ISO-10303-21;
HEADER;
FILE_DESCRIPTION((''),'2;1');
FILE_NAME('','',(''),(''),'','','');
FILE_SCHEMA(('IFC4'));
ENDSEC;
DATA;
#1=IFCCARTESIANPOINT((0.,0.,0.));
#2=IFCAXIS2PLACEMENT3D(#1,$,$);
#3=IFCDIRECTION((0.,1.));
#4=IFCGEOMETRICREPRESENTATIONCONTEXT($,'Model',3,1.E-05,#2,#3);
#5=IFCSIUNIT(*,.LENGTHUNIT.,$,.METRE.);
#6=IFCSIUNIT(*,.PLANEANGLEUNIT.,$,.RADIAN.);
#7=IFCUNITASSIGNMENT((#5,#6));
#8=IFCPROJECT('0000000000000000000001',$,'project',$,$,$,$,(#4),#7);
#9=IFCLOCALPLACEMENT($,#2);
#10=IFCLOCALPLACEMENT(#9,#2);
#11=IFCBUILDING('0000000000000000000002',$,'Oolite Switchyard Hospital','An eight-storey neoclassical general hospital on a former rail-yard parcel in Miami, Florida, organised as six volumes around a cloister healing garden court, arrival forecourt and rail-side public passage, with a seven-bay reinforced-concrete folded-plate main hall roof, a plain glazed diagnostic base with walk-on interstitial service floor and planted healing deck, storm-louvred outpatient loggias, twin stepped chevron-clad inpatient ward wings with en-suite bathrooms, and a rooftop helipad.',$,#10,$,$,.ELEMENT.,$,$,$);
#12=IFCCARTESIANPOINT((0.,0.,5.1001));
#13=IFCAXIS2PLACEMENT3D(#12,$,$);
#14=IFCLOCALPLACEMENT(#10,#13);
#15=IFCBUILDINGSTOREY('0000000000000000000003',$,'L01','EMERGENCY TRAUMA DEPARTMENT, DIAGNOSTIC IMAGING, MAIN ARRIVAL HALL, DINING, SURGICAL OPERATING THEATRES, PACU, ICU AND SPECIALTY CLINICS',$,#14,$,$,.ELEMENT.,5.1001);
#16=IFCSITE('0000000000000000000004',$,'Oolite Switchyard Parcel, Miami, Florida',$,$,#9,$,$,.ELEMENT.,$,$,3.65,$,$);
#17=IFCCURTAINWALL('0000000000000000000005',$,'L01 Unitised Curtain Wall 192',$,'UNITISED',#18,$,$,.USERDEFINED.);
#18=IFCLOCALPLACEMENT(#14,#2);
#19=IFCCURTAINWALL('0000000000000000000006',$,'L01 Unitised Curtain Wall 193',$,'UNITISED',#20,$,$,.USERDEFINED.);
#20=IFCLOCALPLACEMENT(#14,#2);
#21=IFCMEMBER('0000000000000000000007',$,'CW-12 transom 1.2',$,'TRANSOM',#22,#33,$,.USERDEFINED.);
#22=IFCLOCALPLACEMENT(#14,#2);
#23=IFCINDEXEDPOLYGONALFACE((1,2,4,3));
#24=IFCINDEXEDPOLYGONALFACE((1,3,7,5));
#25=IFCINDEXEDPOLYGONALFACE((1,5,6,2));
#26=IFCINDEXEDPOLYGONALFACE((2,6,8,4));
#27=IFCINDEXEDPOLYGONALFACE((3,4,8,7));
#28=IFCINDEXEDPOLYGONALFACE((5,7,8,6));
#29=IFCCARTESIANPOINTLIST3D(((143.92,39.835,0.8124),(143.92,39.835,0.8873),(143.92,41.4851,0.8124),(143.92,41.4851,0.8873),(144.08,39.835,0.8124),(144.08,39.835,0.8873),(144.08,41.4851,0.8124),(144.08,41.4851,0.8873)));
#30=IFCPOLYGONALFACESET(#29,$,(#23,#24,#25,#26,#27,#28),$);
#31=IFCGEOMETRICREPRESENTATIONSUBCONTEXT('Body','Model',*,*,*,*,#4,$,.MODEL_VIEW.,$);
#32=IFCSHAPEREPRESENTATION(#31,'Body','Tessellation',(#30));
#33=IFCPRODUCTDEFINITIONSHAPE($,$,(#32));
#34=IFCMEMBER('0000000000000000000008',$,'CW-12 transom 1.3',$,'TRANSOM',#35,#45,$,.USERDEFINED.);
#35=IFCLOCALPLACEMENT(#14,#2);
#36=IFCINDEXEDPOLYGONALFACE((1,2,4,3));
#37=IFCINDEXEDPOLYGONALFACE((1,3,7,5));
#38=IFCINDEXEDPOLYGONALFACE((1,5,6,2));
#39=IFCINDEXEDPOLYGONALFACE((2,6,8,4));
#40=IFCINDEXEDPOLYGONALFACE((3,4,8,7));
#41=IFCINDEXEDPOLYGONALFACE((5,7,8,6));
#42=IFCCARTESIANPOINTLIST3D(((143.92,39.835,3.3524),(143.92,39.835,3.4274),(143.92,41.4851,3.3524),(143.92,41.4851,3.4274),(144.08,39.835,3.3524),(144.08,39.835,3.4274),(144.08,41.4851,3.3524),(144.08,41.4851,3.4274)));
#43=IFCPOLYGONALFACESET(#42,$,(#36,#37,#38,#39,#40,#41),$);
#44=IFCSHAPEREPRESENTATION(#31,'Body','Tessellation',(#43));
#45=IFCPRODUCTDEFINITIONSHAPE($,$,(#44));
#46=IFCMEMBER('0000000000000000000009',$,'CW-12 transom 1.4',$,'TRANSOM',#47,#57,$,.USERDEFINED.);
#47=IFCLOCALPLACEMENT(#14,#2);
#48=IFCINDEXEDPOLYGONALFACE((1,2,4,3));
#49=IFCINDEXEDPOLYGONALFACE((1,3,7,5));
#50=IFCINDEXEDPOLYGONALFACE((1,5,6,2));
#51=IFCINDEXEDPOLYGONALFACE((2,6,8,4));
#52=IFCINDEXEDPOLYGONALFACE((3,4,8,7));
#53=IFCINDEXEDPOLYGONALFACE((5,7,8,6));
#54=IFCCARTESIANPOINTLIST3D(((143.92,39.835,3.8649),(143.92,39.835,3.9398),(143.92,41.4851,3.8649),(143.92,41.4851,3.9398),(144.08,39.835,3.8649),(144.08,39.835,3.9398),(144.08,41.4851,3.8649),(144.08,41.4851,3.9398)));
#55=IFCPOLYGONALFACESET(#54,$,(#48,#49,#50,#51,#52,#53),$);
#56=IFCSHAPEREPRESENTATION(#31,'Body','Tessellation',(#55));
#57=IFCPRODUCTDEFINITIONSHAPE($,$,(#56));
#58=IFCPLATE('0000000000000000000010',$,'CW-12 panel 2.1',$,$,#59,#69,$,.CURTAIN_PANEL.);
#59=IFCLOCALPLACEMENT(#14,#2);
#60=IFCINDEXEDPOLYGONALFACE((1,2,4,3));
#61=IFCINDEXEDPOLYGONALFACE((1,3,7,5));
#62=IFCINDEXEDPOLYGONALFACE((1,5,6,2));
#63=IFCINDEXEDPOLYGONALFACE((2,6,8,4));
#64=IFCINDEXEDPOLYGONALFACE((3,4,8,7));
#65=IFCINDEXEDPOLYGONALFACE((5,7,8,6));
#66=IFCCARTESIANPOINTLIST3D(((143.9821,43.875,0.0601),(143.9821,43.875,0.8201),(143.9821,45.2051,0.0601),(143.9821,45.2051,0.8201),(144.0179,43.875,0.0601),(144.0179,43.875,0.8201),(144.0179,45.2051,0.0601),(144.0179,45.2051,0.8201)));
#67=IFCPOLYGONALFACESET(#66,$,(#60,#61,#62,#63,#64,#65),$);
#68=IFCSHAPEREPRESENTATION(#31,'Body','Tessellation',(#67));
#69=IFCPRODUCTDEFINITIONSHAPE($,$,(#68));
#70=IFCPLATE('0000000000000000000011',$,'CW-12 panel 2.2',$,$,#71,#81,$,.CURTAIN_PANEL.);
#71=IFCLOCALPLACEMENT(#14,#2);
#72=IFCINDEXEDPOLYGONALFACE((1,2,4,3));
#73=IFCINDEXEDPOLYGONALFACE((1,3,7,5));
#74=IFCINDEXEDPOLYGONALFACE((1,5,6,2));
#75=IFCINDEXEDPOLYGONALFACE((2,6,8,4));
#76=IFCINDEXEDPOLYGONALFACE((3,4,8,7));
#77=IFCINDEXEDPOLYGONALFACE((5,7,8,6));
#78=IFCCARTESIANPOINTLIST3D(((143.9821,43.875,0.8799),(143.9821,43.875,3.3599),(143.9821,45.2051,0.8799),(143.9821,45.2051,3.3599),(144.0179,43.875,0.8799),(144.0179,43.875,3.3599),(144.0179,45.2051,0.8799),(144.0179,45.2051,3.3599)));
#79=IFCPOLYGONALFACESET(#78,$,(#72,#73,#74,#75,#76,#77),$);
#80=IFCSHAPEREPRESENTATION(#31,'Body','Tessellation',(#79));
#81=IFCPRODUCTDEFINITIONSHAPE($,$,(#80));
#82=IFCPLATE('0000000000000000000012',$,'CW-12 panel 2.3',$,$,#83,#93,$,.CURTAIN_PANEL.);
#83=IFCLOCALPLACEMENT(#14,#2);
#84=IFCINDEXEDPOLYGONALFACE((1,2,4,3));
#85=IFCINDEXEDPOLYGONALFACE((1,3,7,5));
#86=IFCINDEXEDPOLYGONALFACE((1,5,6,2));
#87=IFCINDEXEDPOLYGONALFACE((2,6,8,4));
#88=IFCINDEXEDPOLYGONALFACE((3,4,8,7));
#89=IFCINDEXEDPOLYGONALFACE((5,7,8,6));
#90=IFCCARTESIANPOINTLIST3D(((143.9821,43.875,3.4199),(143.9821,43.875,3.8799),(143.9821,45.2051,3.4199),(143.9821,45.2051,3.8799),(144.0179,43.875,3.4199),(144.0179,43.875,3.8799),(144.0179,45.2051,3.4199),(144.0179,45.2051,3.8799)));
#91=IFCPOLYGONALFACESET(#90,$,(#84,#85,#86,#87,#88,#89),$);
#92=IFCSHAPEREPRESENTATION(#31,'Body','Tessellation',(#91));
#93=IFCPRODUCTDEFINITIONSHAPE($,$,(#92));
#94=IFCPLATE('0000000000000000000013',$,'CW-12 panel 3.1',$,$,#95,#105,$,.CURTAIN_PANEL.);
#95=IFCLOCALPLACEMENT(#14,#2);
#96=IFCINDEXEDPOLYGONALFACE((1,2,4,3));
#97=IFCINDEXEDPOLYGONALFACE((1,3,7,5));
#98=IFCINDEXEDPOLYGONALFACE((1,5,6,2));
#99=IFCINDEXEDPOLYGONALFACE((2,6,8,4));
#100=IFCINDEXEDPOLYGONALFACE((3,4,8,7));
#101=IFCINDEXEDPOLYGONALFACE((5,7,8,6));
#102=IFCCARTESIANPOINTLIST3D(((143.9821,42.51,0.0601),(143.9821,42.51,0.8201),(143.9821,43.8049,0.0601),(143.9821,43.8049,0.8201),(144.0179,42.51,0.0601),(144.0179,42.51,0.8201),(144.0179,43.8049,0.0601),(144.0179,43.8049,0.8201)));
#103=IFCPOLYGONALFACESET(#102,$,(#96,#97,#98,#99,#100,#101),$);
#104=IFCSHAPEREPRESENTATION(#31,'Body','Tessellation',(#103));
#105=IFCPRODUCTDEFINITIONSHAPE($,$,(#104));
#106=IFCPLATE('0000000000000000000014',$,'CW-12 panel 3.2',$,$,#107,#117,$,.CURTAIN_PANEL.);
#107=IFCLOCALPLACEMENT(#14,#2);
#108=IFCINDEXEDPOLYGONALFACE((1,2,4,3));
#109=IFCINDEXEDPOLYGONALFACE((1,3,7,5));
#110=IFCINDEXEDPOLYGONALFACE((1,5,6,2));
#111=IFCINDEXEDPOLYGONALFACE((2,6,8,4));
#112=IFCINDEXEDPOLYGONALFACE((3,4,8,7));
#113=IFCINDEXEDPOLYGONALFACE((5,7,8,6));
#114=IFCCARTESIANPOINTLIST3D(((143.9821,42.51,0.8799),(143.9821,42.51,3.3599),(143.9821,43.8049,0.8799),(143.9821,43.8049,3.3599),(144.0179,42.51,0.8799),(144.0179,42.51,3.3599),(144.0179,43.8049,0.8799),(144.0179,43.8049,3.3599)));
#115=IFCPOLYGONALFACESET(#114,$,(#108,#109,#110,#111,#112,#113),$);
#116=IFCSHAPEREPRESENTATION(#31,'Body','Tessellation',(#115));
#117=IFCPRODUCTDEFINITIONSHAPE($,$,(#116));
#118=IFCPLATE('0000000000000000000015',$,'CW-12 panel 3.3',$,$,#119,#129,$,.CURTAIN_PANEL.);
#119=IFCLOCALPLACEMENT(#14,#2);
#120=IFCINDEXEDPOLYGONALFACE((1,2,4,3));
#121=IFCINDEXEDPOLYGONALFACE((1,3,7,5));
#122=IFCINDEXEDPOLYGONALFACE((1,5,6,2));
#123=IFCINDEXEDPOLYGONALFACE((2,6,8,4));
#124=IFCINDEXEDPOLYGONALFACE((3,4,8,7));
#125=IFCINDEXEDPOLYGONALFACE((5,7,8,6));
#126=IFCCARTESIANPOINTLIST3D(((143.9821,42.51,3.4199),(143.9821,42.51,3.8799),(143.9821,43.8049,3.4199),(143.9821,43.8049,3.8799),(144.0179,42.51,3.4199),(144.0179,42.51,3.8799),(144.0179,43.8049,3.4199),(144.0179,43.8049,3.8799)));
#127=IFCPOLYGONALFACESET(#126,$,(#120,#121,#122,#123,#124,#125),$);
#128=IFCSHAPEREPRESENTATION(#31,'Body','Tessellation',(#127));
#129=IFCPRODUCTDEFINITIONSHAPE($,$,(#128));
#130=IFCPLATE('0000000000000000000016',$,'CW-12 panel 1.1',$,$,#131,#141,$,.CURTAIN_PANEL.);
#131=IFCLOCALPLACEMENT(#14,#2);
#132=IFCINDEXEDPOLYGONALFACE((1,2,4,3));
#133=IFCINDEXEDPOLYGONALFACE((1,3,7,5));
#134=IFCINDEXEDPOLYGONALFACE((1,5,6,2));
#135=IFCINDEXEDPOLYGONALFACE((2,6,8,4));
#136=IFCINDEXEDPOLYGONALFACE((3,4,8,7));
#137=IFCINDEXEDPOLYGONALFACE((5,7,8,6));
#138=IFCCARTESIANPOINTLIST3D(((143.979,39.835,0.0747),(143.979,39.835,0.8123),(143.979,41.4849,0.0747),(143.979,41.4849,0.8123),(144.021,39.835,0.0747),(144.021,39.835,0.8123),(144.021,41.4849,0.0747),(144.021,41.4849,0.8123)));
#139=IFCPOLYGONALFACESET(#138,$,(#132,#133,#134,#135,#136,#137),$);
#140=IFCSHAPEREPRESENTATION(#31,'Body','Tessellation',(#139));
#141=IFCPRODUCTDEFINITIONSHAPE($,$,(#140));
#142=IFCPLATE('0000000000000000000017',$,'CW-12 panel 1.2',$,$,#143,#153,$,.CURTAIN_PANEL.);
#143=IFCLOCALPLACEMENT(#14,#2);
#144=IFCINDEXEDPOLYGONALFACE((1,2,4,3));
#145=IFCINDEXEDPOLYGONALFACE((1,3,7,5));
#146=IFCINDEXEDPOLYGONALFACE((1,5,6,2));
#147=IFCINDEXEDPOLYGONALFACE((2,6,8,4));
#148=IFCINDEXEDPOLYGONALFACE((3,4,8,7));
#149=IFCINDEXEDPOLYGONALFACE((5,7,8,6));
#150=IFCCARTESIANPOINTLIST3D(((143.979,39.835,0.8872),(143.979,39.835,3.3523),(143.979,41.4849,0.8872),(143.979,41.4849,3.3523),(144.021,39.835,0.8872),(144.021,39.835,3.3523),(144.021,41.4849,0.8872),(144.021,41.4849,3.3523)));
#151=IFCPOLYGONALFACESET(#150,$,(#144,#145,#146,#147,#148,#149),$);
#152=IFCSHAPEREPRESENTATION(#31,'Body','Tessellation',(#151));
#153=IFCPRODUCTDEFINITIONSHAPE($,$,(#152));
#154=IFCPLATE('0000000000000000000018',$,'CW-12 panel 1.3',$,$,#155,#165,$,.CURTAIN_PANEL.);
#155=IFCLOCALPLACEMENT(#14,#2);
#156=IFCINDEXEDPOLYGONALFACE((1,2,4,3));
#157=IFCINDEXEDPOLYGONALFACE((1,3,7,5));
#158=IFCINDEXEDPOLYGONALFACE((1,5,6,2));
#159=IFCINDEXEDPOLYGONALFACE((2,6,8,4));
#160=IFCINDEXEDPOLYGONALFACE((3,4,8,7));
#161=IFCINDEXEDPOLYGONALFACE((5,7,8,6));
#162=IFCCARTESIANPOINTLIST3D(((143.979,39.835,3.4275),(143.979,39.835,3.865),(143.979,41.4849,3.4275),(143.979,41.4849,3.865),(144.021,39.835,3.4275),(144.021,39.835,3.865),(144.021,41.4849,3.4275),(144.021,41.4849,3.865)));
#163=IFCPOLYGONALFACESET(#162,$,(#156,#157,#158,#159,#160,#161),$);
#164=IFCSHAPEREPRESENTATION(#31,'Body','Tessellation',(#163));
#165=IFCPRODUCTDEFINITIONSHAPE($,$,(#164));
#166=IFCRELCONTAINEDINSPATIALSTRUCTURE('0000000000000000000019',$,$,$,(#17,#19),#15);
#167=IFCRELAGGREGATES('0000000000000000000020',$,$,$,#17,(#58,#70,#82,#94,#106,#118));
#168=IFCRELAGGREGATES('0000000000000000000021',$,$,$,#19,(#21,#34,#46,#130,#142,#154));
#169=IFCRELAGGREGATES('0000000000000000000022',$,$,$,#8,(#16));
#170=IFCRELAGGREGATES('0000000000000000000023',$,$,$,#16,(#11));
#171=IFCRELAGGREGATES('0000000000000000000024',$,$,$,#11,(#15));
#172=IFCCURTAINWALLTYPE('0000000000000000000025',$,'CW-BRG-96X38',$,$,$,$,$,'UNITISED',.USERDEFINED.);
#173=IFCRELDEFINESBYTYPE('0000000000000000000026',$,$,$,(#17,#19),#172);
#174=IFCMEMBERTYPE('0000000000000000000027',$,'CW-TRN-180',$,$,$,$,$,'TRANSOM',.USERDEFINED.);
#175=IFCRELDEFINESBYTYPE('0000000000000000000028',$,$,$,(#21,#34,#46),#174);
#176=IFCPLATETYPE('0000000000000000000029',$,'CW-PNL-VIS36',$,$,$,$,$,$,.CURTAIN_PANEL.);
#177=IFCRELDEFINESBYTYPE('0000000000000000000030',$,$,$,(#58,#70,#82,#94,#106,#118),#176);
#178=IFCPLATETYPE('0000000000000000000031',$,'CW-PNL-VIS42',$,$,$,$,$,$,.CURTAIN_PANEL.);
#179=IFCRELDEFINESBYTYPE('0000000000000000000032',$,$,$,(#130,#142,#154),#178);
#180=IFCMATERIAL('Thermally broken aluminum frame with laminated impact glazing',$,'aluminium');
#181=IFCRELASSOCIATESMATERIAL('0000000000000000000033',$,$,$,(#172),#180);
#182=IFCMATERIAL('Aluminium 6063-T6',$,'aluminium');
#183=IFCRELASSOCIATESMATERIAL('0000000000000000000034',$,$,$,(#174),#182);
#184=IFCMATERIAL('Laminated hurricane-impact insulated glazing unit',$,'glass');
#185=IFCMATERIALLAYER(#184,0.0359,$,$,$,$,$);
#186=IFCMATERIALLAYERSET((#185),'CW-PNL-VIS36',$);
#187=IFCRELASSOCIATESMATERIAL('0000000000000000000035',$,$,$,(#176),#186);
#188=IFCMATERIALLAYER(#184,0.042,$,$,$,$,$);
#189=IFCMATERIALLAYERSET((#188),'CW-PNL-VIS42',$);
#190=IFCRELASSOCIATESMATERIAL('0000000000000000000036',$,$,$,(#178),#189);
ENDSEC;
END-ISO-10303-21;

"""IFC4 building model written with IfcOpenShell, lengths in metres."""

from ifc_helpers import new_model, si_unit, direction, frame, origin, origin_2d, place, context, subcontext, project, spatial, rectangle, extrude, material, layer, layer_set, material_profile, profile_set, type_object, element, aggregate, save


model = new_model("IFC4")

# Units and contexts
model_context = context("Model", 3, precision=1e-05, world=origin(), true_north=direction((0.0, 1.0)))
body_context = subcontext(model_context, "Body", "Model", "MODEL_VIEW")
ifc_project = project(units=[si_unit("LENGTHUNIT", "METRE"), si_unit("PLANEANGLEUNIT", "RADIAN")], contexts=[model_context])

# Site, building, storey
site_placement = place(None, origin())
site = spatial("IfcSite", under=ifc_project, at=site_placement, Name="Oolite Switchyard Parcel, Miami, Florida", CompositionType="ELEMENT", RefElevation=3.65)
building_placement = place(site_placement, origin())
building = spatial("IfcBuilding", under=site, at=building_placement, Name="Oolite Switchyard Hospital", Description="An eight-storey neoclassical general hospital on a former rail-yard parcel in Miami, Florida, organised as six volumes around a cloister healing garden court, arrival forecourt and rail-side public passage, with a seven-bay reinforced-concrete folded-plate main hall roof, a plain glazed diagnostic base with walk-on interstitial service floor and planted healing deck, storm-louvred outpatient loggias, twin stepped chevron-clad inpatient ward wings with en-suite bathrooms, and a rooftop helipad.", CompositionType="ELEMENT")
storey_placement = place(building_placement, frame((0.0, 0.0, 5.1001)))
storey = spatial("IfcBuildingStorey", under=building, at=storey_placement, Name="L01", Description="EMERGENCY TRAUMA DEPARTMENT, DIAGNOSTIC IMAGING, MAIN ARRIVAL HALL, DINING, SURGICAL OPERATING THEATRES, PACU, ICU AND SPECIALTY CLINICS", CompositionType="ELEMENT", Elevation=5.1001)

# Curtain walls
ifc_material_1 = material(Name="Thermally broken aluminum frame with laminated impact glazing", Category="aluminium")
curtain_wall_type = type_object("IfcCurtainWallType", Name="CW-BRG-96X38", ElementType="UNITISED", PredefinedType="USERDEFINED", material=ifc_material_1)
curtain_wall_1_placement = place(storey_placement, origin())
curtain_wall_1 = element("IfcCurtainWall", 1, at=curtain_wall_1_placement, inside=storey, type_object=curtain_wall_type, Name="L01 Unitised Curtain Wall 192", ObjectType="UNITISED", PredefinedType="USERDEFINED")
ifc_material_2 = material(Name="Aluminium 6063-T6", Category="aluminium")
curtain_wall_2_placement = place(storey_placement, origin())
curtain_wall_2 = element("IfcCurtainWall", 2, at=curtain_wall_2_placement, inside=storey, type_object=curtain_wall_type, Name="L01 Unitised Curtain Wall 193", ObjectType="UNITISED", PredefinedType="USERDEFINED")

# Members
ifc_material_profile_1 = material_profile(ifc_material_2, rectangle(XDim=0.1599, YDim=0.075, at=origin_2d()), Name="CWT75X160")
ifc_profile_set_1 = profile_set([ifc_material_profile_1], Name="Aluminium 6063-T6")
member_type_1 = type_object("IfcMemberType", Name="CW-TRN-180", ElementType="TRANSOM", PredefinedType="USERDEFINED", material=ifc_profile_set_1)
member_1_placement = place(storey_placement, frame((144.0, 41.4851, 0.8499), z_axis=(0.0, -1.0, 0.0), x_axis=(1.0, 0.0, 0.0)))
member_1 = element("IfcMember", 3, at=member_1_placement, type_object=member_type_1, Name="CW-12 transom 1.2", ObjectType="TRANSOM", PredefinedType="USERDEFINED", context=body_context, shape_type="SweptSolid", body=[
    extrude(rectangle(XDim=0.1599, YDim=0.075, at=origin_2d()), origin(), (0.0, 0.0, 1.0), 1.6501),
])
member_2_placement = place(storey_placement, frame((144.0, 41.4851, 3.3899), z_axis=(0.0, -1.0, 0.0), x_axis=(1.0, 0.0, 0.0)))
member_2 = element("IfcMember", 4, at=member_2_placement, type_object=member_type_1, Name="CW-12 transom 1.3", ObjectType="TRANSOM", PredefinedType="USERDEFINED", context=body_context, shape_type="SweptSolid", body=[
    extrude(rectangle(XDim=0.1599, YDim=0.075, at=origin_2d()), origin(), (0.0, 0.0, 1.0), 1.6501),
])
member_3_placement = place(storey_placement, frame((144.0, 41.4851, 3.9023), z_axis=(0.0, -1.0, 0.0), x_axis=(1.0, 0.0, 0.0)))
member_3 = element("IfcMember", 5, at=member_3_placement, type_object=member_type_1, Name="CW-12 transom 1.4", ObjectType="TRANSOM", PredefinedType="USERDEFINED", context=body_context, shape_type="SweptSolid", body=[
    extrude(rectangle(XDim=0.1599, YDim=0.075, at=origin_2d()), origin(), (0.0, 0.0, 1.0), 1.6501),
])

# Plates
ifc_material_3 = material(Name="Laminated hurricane-impact insulated glazing unit", Category="glass")
ifc_layer_1 = layer(ifc_material_3, 0.0359)
ifc_layer_set_1 = layer_set([ifc_layer_1], Name="CW-PNL-VIS36")
plate_type_1 = type_object("IfcPlateType", Name="CW-PNL-VIS36", PredefinedType="CURTAIN_PANEL", material=ifc_layer_set_1)
plate_1_placement = place(storey_placement, frame((144.0, 44.54, 0.0601), z_axis=(0.0, 0.0, 1.0), x_axis=(0.0, -1.0, 0.0)))
plate_1 = element("IfcPlate", 6, at=plate_1_placement, type_object=plate_type_1, Name="CW-12 panel 2.1", PredefinedType="CURTAIN_PANEL", context=body_context, shape_type="SweptSolid", body=[
    extrude(rectangle(XDim=1.3301, YDim=0.0359, at=origin_2d()), origin(), (0.0, 0.0, 1.0), 0.76),
])
plate_2_placement = place(storey_placement, frame((144.0, 44.54, 0.8799), z_axis=(0.0, 0.0, 1.0), x_axis=(0.0, -1.0, 0.0)))
plate_2 = element("IfcPlate", 7, at=plate_2_placement, type_object=plate_type_1, Name="CW-12 panel 2.2", PredefinedType="CURTAIN_PANEL", context=body_context, shape_type="SweptSolid", body=[
    extrude(rectangle(XDim=1.3301, YDim=0.0359, at=origin_2d()), origin(), (0.0, 0.0, 1.0), 2.48),
])
plate_3_placement = place(storey_placement, frame((144.0, 44.54, 3.4199), z_axis=(0.0, 0.0, 1.0), x_axis=(0.0, -1.0, 0.0)))
plate_3 = element("IfcPlate", 8, at=plate_3_placement, type_object=plate_type_1, Name="CW-12 panel 2.3", PredefinedType="CURTAIN_PANEL", context=body_context, shape_type="SweptSolid", body=[
    extrude(rectangle(XDim=1.3301, YDim=0.0359, at=origin_2d()), origin(), (0.0, 0.0, 1.0), 0.46),
])
plate_4_placement = place(storey_placement, frame((144.0, 43.1575, 0.0601), z_axis=(0.0, 0.0, 1.0), x_axis=(0.0, -1.0, 0.0)))
plate_4 = element("IfcPlate", 9, at=plate_4_placement, type_object=plate_type_1, Name="CW-12 panel 3.1", PredefinedType="CURTAIN_PANEL", context=body_context, shape_type="SweptSolid", body=[
    extrude(rectangle(XDim=1.2949, YDim=0.0359, at=origin_2d()), origin(), (0.0, 0.0, 1.0), 0.76),
])
plate_5_placement = place(storey_placement, frame((144.0, 43.1575, 0.8799), z_axis=(0.0, 0.0, 1.0), x_axis=(0.0, -1.0, 0.0)))
plate_5 = element("IfcPlate", 10, at=plate_5_placement, type_object=plate_type_1, Name="CW-12 panel 3.2", PredefinedType="CURTAIN_PANEL", context=body_context, shape_type="SweptSolid", body=[
    extrude(rectangle(XDim=1.2949, YDim=0.0359, at=origin_2d()), origin(), (0.0, 0.0, 1.0), 2.48),
])
plate_6_placement = place(storey_placement, frame((144.0, 43.1575, 3.4199), z_axis=(0.0, 0.0, 1.0), x_axis=(0.0, -1.0, 0.0)))
plate_6 = element("IfcPlate", 11, at=plate_6_placement, type_object=plate_type_1, Name="CW-12 panel 3.3", PredefinedType="CURTAIN_PANEL", context=body_context, shape_type="SweptSolid", body=[
    extrude(rectangle(XDim=1.2949, YDim=0.0359, at=origin_2d()), origin(), (0.0, 0.0, 1.0), 0.46),
])
aggregate(curtain_wall_1, [plate_1, plate_2, plate_3, plate_4, plate_5, plate_6])
ifc_layer_2 = layer(ifc_material_3, 0.042)
ifc_layer_set_2 = layer_set([ifc_layer_2], Name="CW-PNL-VIS42")
plate_type_2 = type_object("IfcPlateType", Name="CW-PNL-VIS42", PredefinedType="CURTAIN_PANEL", material=ifc_layer_set_2)
plate_7_placement = place(storey_placement, frame((144.0, 40.6599, 0.0747), z_axis=(0.0, 0.0, 1.0), x_axis=(0.0, -1.0, 0.0)))
plate_7 = element("IfcPlate", 12, at=plate_7_placement, type_object=plate_type_2, Name="CW-12 panel 1.1", PredefinedType="CURTAIN_PANEL", context=body_context, shape_type="SweptSolid", body=[
    extrude(rectangle(XDim=1.6499, YDim=0.042, at=origin_2d()), origin(), (0.0, 0.0, 1.0), 0.7375),
])
plate_8_placement = place(storey_placement, frame((144.0, 40.6599, 0.8872), z_axis=(0.0, 0.0, 1.0), x_axis=(0.0, -1.0, 0.0)))
plate_8 = element("IfcPlate", 13, at=plate_8_placement, type_object=plate_type_2, Name="CW-12 panel 1.2", PredefinedType="CURTAIN_PANEL", context=body_context, shape_type="SweptSolid", body=[
    extrude(rectangle(XDim=1.6499, YDim=0.042, at=origin_2d()), origin(), (0.0, 0.0, 1.0), 2.4651),
])
plate_9_placement = place(storey_placement, frame((144.0, 40.6599, 3.4275), z_axis=(0.0, 0.0, 1.0), x_axis=(0.0, -1.0, 0.0)))
plate_9 = element("IfcPlate", 14, at=plate_9_placement, type_object=plate_type_2, Name="CW-12 panel 1.3", PredefinedType="CURTAIN_PANEL", context=body_context, shape_type="SweptSolid", body=[
    extrude(rectangle(XDim=1.6499, YDim=0.042, at=origin_2d()), origin(), (0.0, 0.0, 1.0), 0.4375),
])
aggregate(curtain_wall_2, [member_1, member_2, member_3, plate_7, plate_8, plate_9])

save(model, "model.ifc")
